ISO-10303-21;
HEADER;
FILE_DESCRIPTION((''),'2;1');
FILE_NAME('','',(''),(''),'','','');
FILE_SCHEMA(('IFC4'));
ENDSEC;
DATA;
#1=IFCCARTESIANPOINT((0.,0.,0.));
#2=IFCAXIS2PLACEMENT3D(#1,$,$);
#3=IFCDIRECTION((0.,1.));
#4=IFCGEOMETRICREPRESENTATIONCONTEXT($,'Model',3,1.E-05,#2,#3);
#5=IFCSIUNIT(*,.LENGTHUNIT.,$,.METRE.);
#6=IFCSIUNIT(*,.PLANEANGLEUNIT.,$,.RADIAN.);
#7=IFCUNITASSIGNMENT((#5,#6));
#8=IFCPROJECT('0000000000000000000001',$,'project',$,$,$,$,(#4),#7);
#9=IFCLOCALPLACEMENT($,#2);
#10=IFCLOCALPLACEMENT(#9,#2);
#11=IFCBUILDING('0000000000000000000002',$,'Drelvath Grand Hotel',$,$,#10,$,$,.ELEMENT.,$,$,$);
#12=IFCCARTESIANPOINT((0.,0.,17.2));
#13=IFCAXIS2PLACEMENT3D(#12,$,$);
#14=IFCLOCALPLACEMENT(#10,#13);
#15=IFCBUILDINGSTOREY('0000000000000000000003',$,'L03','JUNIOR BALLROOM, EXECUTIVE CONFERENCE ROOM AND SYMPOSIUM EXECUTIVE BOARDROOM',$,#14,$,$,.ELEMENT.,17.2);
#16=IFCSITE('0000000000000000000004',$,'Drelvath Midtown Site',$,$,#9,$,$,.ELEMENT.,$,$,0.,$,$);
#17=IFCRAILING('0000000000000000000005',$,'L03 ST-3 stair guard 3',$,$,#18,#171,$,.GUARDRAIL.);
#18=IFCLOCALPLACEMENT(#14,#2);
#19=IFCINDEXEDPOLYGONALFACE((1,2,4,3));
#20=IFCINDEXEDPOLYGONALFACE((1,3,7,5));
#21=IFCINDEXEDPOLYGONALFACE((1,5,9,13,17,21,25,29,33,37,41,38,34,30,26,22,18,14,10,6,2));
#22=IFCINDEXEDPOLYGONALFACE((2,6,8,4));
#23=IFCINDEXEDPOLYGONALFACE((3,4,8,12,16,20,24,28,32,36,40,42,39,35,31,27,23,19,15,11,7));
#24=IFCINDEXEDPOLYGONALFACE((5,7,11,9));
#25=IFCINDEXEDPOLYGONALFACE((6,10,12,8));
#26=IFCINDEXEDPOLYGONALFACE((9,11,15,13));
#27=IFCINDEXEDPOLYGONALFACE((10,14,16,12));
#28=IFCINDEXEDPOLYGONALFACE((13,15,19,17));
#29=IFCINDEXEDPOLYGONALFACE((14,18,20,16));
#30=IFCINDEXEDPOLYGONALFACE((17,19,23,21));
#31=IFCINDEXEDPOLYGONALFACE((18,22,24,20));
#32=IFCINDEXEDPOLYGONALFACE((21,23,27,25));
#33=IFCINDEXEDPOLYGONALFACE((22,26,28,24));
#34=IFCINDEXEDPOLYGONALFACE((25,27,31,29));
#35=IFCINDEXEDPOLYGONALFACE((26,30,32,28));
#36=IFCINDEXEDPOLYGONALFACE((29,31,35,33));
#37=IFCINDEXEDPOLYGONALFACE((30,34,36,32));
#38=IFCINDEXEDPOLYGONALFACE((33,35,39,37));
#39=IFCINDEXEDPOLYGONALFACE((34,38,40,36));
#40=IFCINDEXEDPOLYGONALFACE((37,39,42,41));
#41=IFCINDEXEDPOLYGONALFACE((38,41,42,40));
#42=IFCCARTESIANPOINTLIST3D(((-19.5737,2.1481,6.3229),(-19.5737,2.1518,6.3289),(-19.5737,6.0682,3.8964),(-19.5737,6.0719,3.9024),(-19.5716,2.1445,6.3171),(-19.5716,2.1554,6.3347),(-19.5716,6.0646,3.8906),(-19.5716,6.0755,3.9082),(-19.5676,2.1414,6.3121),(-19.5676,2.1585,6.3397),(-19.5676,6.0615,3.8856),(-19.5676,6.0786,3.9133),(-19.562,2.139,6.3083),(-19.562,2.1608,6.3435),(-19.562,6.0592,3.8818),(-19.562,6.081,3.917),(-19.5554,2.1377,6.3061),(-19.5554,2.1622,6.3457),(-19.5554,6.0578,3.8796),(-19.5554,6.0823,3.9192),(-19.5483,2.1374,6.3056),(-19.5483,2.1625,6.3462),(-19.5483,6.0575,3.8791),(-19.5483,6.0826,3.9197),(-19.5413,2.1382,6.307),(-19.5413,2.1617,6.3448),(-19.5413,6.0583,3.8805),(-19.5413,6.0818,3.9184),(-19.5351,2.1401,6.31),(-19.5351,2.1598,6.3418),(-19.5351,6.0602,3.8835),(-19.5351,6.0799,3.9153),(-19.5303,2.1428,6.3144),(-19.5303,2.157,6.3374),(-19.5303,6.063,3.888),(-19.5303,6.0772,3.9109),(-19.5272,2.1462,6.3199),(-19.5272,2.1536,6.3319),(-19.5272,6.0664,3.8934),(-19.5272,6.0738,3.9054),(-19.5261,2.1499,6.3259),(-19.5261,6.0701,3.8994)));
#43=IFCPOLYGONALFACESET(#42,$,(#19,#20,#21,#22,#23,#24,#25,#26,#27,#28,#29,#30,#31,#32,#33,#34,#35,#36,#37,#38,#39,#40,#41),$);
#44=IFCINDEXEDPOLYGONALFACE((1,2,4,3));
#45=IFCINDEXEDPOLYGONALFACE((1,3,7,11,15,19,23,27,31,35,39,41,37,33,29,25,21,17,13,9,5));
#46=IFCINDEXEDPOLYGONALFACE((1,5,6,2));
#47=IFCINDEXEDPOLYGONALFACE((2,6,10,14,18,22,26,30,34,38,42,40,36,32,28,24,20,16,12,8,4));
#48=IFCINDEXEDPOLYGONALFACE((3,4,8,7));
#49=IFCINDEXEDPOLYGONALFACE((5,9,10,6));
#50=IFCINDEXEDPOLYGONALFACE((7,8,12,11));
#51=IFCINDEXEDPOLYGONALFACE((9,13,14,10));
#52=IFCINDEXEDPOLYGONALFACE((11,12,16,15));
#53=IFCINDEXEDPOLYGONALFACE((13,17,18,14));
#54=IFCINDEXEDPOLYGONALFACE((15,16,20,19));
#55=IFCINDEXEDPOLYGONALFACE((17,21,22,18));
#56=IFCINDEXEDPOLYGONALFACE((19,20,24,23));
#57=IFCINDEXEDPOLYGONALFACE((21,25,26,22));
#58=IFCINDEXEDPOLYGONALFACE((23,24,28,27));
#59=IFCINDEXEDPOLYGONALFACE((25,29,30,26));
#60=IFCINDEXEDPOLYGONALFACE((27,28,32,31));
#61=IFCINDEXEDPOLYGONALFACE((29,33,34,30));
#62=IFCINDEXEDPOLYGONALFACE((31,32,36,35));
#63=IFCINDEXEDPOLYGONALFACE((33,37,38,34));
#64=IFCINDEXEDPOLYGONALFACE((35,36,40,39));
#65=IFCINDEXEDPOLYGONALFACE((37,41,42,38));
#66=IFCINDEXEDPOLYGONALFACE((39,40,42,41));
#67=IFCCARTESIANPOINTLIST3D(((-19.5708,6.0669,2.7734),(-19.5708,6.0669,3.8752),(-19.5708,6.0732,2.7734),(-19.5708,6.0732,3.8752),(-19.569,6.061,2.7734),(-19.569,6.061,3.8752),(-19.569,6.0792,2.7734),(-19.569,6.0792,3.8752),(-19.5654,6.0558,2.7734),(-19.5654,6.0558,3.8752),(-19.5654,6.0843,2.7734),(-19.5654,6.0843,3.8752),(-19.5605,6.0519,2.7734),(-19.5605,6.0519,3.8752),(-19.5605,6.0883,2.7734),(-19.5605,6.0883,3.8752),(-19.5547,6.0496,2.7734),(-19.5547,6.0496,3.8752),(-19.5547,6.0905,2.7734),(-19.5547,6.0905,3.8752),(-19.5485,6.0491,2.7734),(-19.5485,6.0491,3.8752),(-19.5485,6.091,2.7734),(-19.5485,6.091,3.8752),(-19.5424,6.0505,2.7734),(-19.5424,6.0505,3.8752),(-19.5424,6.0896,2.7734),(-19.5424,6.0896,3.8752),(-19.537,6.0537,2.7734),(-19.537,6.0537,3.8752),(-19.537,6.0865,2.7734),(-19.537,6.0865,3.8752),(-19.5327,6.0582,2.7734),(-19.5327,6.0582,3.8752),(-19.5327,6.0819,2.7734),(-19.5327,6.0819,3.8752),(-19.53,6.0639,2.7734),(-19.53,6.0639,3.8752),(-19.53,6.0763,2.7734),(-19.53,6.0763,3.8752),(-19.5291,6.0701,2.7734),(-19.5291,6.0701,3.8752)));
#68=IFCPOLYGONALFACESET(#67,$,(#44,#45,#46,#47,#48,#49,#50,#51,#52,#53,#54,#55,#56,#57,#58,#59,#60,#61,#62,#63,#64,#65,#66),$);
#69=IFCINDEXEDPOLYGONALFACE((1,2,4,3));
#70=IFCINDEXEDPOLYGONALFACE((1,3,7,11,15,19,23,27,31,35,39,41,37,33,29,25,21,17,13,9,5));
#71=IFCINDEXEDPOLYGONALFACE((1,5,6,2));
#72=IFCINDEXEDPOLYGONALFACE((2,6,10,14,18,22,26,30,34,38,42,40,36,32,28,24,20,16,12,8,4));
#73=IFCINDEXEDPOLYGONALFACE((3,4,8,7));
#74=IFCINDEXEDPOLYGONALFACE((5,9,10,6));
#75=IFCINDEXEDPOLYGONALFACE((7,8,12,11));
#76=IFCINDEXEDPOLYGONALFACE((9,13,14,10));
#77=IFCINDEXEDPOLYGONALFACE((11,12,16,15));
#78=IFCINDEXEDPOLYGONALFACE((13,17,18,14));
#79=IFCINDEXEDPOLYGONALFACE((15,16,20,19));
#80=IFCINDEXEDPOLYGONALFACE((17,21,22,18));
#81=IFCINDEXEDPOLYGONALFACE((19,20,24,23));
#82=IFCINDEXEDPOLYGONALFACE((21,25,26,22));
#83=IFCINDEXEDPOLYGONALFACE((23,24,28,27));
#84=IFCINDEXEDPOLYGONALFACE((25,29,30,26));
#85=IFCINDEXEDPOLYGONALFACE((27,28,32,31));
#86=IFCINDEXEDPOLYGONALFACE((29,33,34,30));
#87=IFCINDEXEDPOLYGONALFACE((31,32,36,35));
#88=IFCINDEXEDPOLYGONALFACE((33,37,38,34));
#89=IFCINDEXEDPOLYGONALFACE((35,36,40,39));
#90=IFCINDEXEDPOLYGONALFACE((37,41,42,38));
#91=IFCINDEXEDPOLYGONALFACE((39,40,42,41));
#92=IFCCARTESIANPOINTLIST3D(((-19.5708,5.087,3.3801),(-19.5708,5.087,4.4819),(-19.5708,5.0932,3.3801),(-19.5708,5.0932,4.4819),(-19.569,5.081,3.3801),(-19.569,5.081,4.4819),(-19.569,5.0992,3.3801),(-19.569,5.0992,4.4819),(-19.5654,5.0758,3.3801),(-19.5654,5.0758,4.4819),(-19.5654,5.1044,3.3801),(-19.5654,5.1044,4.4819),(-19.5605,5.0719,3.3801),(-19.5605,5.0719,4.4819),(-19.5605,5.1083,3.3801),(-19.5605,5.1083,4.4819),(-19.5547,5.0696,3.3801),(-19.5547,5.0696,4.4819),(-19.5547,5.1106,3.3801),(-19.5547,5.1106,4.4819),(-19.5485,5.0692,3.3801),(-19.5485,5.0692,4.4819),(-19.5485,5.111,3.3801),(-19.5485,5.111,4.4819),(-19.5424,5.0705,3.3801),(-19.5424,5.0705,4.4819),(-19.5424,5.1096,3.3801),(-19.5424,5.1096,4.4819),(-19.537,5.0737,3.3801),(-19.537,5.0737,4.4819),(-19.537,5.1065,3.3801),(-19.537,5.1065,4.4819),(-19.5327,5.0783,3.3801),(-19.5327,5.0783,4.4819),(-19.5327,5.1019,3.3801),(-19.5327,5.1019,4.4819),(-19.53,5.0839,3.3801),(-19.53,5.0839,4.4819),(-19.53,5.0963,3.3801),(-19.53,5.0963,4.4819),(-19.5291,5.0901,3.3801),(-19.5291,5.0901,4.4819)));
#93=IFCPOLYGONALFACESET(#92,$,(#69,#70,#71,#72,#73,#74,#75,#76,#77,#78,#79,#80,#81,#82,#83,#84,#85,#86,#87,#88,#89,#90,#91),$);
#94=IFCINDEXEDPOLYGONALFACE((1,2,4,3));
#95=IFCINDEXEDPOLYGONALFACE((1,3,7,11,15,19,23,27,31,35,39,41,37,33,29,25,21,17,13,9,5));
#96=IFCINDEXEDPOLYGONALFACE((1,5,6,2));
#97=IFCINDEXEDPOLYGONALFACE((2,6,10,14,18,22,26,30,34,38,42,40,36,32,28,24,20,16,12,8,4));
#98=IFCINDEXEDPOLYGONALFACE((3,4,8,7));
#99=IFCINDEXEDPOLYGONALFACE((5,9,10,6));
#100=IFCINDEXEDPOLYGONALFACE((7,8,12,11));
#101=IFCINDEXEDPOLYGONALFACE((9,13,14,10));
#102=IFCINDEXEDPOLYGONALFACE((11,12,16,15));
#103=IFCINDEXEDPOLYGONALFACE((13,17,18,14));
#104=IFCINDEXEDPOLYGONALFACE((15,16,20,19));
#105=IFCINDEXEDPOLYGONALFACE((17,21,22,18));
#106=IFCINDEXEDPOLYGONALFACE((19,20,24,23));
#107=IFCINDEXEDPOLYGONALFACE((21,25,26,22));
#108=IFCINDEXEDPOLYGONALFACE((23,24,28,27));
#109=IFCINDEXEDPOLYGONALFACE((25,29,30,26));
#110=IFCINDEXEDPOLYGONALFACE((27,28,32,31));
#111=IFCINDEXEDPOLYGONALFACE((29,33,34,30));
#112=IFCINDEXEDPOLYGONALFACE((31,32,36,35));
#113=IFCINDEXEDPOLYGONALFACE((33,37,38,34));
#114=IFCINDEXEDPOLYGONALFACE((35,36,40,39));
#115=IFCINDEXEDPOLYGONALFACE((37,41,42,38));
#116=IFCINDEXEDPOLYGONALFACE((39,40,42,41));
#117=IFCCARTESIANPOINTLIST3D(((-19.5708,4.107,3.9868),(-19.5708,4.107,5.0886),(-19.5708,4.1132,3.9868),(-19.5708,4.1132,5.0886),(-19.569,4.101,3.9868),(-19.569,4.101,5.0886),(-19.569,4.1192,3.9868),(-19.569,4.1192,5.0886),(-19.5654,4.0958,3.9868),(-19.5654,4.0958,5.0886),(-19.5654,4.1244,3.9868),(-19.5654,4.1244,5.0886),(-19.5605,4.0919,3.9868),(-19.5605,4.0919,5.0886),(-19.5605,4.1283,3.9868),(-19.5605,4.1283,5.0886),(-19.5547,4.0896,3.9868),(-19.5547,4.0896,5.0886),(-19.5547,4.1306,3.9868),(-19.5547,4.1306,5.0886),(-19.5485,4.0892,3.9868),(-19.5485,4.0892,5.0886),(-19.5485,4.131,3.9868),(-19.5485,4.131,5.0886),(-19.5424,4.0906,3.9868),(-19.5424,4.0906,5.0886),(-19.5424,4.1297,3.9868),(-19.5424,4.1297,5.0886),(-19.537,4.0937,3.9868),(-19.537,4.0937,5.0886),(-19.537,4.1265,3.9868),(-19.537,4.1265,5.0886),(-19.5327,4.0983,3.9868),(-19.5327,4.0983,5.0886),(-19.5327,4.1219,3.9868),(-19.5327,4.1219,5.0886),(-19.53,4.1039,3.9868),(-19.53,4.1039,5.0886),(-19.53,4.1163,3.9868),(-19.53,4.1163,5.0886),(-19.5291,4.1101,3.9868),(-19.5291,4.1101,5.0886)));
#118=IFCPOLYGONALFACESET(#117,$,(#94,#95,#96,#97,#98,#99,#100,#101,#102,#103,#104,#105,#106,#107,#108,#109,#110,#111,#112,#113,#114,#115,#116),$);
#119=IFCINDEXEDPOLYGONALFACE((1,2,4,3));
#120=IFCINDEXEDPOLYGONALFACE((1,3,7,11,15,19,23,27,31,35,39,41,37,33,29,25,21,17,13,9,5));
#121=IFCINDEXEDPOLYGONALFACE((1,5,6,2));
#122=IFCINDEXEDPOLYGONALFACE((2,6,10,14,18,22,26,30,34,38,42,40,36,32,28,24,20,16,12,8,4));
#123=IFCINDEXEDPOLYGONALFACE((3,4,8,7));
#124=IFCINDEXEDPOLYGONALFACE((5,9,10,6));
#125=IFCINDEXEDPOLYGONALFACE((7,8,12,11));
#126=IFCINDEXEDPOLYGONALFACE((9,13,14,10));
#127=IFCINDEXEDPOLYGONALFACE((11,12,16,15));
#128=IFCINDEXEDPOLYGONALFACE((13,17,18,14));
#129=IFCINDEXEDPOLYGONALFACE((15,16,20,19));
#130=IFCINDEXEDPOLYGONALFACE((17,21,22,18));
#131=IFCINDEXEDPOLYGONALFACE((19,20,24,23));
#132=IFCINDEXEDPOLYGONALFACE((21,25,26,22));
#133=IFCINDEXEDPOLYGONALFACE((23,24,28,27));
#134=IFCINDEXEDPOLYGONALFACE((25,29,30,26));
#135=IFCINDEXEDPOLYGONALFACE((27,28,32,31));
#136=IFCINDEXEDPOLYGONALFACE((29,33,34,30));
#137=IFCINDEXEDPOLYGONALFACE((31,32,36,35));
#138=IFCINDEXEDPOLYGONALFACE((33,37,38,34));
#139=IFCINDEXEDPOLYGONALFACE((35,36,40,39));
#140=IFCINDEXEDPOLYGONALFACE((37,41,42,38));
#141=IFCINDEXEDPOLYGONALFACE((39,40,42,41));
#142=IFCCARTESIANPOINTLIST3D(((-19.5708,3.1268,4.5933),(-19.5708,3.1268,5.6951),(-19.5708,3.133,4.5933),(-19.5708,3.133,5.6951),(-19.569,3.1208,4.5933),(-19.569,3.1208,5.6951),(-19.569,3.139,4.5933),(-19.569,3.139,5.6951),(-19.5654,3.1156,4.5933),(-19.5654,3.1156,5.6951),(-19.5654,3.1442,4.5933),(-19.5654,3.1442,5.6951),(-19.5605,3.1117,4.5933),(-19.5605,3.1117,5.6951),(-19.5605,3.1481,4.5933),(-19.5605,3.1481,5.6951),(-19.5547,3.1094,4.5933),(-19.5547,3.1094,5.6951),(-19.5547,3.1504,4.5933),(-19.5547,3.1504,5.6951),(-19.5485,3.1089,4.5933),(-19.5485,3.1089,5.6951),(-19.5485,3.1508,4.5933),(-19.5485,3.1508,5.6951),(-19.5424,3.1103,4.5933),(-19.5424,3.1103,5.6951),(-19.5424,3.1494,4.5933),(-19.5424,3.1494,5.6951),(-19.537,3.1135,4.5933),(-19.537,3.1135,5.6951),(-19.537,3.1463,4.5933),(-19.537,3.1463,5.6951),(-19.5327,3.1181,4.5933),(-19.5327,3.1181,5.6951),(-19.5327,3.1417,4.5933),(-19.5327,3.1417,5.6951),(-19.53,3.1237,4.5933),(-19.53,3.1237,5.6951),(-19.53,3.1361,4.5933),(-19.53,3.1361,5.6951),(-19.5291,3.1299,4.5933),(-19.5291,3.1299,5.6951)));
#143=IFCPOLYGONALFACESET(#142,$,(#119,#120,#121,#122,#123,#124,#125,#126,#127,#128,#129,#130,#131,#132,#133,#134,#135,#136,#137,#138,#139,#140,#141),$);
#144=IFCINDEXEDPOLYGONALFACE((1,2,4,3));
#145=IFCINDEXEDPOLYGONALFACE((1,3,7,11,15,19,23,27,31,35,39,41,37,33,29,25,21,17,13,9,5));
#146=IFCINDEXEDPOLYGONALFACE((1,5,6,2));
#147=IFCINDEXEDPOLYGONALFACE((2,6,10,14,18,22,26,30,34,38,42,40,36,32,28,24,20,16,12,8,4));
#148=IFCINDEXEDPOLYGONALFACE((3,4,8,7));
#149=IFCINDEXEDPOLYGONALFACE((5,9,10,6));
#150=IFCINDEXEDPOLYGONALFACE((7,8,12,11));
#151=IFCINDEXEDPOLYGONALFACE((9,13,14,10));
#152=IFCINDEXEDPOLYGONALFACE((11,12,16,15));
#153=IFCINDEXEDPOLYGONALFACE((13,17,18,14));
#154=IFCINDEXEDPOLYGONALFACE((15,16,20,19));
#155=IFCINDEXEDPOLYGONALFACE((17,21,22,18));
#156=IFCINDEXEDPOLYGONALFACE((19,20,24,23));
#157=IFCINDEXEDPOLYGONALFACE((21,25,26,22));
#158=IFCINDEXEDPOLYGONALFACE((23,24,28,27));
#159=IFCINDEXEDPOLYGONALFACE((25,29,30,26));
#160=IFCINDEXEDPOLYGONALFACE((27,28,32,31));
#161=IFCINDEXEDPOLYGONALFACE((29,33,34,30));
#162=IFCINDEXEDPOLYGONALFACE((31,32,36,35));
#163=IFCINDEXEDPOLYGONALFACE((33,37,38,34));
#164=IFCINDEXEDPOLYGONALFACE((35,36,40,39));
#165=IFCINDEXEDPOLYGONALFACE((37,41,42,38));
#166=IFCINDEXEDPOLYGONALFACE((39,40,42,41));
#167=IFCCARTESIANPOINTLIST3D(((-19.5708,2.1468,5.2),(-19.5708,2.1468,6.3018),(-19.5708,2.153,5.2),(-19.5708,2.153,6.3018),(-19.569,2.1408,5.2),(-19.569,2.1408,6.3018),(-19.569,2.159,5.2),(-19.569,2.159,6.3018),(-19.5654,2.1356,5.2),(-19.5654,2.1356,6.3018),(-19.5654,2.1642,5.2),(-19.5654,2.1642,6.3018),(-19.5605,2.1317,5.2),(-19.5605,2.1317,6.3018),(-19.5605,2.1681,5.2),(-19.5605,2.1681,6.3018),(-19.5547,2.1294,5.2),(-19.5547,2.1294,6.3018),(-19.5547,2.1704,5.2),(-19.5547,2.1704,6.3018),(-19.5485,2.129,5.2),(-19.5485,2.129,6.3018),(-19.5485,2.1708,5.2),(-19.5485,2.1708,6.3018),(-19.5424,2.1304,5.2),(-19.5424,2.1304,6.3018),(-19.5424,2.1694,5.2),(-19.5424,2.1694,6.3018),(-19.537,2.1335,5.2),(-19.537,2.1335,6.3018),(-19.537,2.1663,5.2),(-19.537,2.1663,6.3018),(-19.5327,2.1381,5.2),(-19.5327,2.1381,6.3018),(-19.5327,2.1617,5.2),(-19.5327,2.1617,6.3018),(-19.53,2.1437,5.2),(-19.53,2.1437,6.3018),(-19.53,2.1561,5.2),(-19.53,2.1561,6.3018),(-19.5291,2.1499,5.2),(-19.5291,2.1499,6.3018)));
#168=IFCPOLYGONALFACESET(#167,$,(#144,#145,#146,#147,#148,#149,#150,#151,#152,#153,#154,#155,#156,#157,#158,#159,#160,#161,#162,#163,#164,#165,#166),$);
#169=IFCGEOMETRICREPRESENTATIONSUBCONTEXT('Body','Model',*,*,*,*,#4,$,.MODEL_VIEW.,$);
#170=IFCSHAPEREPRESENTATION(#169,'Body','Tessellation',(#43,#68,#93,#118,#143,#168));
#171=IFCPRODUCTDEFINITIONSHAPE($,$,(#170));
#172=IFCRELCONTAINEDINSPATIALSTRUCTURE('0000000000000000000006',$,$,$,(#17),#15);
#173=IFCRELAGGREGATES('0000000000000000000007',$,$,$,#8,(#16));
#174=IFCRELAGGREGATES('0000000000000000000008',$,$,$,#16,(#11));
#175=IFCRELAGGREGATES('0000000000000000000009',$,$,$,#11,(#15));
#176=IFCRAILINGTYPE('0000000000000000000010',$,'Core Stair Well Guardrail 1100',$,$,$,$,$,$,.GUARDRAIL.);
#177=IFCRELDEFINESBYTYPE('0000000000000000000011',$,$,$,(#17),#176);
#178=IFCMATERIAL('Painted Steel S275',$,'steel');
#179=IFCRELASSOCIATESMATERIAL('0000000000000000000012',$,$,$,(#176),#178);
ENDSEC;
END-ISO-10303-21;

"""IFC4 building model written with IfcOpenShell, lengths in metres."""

from ifc_helpers import new_model, si_unit, direction, frame, origin, origin_2d, place, context, subcontext, project, spatial, circle, extrude, material, type_object, element, save


model = new_model("IFC4")

# Units and contexts
model_context = context("Model", 3, precision=1e-05, world=origin(), true_north=direction((0.0, 1.0)))
body_context = subcontext(model_context, "Body", "Model", "MODEL_VIEW")
ifc_project = project(units=[si_unit("LENGTHUNIT", "METRE"), si_unit("PLANEANGLEUNIT", "RADIAN")], contexts=[model_context])

# Site, building, storey
site_placement = place(None, origin())
site = spatial("IfcSite", under=ifc_project, at=site_placement, Name="Drelvath Midtown Site", CompositionType="ELEMENT", RefElevation=0.0)
building_placement = place(site_placement, origin())
building = spatial("IfcBuilding", under=site, at=building_placement, Name="Drelvath Grand Hotel", CompositionType="ELEMENT")
storey_placement = place(building_placement, frame((0.0, 0.0, 17.2)))
storey = spatial("IfcBuildingStorey", under=building, at=storey_placement, Name="L03", Description="JUNIOR BALLROOM, EXECUTIVE CONFERENCE ROOM AND SYMPOSIUM EXECUTIVE BOARDROOM", CompositionType="ELEMENT", Elevation=17.2)

# Shared definitions
ifc_material_1 = material(Name="Painted Steel S275", Category="steel")

# Railing
railing_type_1 = type_object("IfcRailingType", Name="Core Stair Well Guardrail 1100", PredefinedType="GUARDRAIL", material=ifc_material_1)
railing_1_placement = place(storey_placement, frame((-19.55, 6.0701, 2.7734)))
element("IfcRailing", 1, at=railing_1_placement, inside=storey, type_object=railing_type_1, Name="L03 ST-3 stair guard 3", PredefinedType="GUARDRAIL", context=body_context, shape_type="SweptSolid", body=[
    extrude(circle(Radius=0.0239, at=origin_2d()), frame((0.0, 0.0, 1.126), z_axis=(0.0, -0.85029, 0.526315), x_axis=(1.0, 0.0, 0.0)), (0.0, 0.0, 1.0), 4.6104),
    extrude(circle(Radius=0.021, at=origin_2d()), origin(), (0.0, 0.0, 1.0), 1.1018),
    extrude(circle(Radius=0.021, at=origin_2d()), frame((0.0, -0.98, 0.6067)), (0.0, 0.0, 1.0), 1.1018),
    extrude(circle(Radius=0.021, at=origin_2d()), frame((0.0, -1.96, 1.2134)), (0.0, 0.0, 1.0), 1.1018),
    extrude(circle(Radius=0.021, at=origin_2d()), frame((0.0, -2.9402, 1.8198)), (0.0, 0.0, 1.0), 1.1018),
    extrude(circle(Radius=0.021, at=origin_2d()), frame((0.0, -3.9202, 2.4265)), (0.0, 0.0, 1.0), 1.1018),
])

save(model, "model.ifc")
